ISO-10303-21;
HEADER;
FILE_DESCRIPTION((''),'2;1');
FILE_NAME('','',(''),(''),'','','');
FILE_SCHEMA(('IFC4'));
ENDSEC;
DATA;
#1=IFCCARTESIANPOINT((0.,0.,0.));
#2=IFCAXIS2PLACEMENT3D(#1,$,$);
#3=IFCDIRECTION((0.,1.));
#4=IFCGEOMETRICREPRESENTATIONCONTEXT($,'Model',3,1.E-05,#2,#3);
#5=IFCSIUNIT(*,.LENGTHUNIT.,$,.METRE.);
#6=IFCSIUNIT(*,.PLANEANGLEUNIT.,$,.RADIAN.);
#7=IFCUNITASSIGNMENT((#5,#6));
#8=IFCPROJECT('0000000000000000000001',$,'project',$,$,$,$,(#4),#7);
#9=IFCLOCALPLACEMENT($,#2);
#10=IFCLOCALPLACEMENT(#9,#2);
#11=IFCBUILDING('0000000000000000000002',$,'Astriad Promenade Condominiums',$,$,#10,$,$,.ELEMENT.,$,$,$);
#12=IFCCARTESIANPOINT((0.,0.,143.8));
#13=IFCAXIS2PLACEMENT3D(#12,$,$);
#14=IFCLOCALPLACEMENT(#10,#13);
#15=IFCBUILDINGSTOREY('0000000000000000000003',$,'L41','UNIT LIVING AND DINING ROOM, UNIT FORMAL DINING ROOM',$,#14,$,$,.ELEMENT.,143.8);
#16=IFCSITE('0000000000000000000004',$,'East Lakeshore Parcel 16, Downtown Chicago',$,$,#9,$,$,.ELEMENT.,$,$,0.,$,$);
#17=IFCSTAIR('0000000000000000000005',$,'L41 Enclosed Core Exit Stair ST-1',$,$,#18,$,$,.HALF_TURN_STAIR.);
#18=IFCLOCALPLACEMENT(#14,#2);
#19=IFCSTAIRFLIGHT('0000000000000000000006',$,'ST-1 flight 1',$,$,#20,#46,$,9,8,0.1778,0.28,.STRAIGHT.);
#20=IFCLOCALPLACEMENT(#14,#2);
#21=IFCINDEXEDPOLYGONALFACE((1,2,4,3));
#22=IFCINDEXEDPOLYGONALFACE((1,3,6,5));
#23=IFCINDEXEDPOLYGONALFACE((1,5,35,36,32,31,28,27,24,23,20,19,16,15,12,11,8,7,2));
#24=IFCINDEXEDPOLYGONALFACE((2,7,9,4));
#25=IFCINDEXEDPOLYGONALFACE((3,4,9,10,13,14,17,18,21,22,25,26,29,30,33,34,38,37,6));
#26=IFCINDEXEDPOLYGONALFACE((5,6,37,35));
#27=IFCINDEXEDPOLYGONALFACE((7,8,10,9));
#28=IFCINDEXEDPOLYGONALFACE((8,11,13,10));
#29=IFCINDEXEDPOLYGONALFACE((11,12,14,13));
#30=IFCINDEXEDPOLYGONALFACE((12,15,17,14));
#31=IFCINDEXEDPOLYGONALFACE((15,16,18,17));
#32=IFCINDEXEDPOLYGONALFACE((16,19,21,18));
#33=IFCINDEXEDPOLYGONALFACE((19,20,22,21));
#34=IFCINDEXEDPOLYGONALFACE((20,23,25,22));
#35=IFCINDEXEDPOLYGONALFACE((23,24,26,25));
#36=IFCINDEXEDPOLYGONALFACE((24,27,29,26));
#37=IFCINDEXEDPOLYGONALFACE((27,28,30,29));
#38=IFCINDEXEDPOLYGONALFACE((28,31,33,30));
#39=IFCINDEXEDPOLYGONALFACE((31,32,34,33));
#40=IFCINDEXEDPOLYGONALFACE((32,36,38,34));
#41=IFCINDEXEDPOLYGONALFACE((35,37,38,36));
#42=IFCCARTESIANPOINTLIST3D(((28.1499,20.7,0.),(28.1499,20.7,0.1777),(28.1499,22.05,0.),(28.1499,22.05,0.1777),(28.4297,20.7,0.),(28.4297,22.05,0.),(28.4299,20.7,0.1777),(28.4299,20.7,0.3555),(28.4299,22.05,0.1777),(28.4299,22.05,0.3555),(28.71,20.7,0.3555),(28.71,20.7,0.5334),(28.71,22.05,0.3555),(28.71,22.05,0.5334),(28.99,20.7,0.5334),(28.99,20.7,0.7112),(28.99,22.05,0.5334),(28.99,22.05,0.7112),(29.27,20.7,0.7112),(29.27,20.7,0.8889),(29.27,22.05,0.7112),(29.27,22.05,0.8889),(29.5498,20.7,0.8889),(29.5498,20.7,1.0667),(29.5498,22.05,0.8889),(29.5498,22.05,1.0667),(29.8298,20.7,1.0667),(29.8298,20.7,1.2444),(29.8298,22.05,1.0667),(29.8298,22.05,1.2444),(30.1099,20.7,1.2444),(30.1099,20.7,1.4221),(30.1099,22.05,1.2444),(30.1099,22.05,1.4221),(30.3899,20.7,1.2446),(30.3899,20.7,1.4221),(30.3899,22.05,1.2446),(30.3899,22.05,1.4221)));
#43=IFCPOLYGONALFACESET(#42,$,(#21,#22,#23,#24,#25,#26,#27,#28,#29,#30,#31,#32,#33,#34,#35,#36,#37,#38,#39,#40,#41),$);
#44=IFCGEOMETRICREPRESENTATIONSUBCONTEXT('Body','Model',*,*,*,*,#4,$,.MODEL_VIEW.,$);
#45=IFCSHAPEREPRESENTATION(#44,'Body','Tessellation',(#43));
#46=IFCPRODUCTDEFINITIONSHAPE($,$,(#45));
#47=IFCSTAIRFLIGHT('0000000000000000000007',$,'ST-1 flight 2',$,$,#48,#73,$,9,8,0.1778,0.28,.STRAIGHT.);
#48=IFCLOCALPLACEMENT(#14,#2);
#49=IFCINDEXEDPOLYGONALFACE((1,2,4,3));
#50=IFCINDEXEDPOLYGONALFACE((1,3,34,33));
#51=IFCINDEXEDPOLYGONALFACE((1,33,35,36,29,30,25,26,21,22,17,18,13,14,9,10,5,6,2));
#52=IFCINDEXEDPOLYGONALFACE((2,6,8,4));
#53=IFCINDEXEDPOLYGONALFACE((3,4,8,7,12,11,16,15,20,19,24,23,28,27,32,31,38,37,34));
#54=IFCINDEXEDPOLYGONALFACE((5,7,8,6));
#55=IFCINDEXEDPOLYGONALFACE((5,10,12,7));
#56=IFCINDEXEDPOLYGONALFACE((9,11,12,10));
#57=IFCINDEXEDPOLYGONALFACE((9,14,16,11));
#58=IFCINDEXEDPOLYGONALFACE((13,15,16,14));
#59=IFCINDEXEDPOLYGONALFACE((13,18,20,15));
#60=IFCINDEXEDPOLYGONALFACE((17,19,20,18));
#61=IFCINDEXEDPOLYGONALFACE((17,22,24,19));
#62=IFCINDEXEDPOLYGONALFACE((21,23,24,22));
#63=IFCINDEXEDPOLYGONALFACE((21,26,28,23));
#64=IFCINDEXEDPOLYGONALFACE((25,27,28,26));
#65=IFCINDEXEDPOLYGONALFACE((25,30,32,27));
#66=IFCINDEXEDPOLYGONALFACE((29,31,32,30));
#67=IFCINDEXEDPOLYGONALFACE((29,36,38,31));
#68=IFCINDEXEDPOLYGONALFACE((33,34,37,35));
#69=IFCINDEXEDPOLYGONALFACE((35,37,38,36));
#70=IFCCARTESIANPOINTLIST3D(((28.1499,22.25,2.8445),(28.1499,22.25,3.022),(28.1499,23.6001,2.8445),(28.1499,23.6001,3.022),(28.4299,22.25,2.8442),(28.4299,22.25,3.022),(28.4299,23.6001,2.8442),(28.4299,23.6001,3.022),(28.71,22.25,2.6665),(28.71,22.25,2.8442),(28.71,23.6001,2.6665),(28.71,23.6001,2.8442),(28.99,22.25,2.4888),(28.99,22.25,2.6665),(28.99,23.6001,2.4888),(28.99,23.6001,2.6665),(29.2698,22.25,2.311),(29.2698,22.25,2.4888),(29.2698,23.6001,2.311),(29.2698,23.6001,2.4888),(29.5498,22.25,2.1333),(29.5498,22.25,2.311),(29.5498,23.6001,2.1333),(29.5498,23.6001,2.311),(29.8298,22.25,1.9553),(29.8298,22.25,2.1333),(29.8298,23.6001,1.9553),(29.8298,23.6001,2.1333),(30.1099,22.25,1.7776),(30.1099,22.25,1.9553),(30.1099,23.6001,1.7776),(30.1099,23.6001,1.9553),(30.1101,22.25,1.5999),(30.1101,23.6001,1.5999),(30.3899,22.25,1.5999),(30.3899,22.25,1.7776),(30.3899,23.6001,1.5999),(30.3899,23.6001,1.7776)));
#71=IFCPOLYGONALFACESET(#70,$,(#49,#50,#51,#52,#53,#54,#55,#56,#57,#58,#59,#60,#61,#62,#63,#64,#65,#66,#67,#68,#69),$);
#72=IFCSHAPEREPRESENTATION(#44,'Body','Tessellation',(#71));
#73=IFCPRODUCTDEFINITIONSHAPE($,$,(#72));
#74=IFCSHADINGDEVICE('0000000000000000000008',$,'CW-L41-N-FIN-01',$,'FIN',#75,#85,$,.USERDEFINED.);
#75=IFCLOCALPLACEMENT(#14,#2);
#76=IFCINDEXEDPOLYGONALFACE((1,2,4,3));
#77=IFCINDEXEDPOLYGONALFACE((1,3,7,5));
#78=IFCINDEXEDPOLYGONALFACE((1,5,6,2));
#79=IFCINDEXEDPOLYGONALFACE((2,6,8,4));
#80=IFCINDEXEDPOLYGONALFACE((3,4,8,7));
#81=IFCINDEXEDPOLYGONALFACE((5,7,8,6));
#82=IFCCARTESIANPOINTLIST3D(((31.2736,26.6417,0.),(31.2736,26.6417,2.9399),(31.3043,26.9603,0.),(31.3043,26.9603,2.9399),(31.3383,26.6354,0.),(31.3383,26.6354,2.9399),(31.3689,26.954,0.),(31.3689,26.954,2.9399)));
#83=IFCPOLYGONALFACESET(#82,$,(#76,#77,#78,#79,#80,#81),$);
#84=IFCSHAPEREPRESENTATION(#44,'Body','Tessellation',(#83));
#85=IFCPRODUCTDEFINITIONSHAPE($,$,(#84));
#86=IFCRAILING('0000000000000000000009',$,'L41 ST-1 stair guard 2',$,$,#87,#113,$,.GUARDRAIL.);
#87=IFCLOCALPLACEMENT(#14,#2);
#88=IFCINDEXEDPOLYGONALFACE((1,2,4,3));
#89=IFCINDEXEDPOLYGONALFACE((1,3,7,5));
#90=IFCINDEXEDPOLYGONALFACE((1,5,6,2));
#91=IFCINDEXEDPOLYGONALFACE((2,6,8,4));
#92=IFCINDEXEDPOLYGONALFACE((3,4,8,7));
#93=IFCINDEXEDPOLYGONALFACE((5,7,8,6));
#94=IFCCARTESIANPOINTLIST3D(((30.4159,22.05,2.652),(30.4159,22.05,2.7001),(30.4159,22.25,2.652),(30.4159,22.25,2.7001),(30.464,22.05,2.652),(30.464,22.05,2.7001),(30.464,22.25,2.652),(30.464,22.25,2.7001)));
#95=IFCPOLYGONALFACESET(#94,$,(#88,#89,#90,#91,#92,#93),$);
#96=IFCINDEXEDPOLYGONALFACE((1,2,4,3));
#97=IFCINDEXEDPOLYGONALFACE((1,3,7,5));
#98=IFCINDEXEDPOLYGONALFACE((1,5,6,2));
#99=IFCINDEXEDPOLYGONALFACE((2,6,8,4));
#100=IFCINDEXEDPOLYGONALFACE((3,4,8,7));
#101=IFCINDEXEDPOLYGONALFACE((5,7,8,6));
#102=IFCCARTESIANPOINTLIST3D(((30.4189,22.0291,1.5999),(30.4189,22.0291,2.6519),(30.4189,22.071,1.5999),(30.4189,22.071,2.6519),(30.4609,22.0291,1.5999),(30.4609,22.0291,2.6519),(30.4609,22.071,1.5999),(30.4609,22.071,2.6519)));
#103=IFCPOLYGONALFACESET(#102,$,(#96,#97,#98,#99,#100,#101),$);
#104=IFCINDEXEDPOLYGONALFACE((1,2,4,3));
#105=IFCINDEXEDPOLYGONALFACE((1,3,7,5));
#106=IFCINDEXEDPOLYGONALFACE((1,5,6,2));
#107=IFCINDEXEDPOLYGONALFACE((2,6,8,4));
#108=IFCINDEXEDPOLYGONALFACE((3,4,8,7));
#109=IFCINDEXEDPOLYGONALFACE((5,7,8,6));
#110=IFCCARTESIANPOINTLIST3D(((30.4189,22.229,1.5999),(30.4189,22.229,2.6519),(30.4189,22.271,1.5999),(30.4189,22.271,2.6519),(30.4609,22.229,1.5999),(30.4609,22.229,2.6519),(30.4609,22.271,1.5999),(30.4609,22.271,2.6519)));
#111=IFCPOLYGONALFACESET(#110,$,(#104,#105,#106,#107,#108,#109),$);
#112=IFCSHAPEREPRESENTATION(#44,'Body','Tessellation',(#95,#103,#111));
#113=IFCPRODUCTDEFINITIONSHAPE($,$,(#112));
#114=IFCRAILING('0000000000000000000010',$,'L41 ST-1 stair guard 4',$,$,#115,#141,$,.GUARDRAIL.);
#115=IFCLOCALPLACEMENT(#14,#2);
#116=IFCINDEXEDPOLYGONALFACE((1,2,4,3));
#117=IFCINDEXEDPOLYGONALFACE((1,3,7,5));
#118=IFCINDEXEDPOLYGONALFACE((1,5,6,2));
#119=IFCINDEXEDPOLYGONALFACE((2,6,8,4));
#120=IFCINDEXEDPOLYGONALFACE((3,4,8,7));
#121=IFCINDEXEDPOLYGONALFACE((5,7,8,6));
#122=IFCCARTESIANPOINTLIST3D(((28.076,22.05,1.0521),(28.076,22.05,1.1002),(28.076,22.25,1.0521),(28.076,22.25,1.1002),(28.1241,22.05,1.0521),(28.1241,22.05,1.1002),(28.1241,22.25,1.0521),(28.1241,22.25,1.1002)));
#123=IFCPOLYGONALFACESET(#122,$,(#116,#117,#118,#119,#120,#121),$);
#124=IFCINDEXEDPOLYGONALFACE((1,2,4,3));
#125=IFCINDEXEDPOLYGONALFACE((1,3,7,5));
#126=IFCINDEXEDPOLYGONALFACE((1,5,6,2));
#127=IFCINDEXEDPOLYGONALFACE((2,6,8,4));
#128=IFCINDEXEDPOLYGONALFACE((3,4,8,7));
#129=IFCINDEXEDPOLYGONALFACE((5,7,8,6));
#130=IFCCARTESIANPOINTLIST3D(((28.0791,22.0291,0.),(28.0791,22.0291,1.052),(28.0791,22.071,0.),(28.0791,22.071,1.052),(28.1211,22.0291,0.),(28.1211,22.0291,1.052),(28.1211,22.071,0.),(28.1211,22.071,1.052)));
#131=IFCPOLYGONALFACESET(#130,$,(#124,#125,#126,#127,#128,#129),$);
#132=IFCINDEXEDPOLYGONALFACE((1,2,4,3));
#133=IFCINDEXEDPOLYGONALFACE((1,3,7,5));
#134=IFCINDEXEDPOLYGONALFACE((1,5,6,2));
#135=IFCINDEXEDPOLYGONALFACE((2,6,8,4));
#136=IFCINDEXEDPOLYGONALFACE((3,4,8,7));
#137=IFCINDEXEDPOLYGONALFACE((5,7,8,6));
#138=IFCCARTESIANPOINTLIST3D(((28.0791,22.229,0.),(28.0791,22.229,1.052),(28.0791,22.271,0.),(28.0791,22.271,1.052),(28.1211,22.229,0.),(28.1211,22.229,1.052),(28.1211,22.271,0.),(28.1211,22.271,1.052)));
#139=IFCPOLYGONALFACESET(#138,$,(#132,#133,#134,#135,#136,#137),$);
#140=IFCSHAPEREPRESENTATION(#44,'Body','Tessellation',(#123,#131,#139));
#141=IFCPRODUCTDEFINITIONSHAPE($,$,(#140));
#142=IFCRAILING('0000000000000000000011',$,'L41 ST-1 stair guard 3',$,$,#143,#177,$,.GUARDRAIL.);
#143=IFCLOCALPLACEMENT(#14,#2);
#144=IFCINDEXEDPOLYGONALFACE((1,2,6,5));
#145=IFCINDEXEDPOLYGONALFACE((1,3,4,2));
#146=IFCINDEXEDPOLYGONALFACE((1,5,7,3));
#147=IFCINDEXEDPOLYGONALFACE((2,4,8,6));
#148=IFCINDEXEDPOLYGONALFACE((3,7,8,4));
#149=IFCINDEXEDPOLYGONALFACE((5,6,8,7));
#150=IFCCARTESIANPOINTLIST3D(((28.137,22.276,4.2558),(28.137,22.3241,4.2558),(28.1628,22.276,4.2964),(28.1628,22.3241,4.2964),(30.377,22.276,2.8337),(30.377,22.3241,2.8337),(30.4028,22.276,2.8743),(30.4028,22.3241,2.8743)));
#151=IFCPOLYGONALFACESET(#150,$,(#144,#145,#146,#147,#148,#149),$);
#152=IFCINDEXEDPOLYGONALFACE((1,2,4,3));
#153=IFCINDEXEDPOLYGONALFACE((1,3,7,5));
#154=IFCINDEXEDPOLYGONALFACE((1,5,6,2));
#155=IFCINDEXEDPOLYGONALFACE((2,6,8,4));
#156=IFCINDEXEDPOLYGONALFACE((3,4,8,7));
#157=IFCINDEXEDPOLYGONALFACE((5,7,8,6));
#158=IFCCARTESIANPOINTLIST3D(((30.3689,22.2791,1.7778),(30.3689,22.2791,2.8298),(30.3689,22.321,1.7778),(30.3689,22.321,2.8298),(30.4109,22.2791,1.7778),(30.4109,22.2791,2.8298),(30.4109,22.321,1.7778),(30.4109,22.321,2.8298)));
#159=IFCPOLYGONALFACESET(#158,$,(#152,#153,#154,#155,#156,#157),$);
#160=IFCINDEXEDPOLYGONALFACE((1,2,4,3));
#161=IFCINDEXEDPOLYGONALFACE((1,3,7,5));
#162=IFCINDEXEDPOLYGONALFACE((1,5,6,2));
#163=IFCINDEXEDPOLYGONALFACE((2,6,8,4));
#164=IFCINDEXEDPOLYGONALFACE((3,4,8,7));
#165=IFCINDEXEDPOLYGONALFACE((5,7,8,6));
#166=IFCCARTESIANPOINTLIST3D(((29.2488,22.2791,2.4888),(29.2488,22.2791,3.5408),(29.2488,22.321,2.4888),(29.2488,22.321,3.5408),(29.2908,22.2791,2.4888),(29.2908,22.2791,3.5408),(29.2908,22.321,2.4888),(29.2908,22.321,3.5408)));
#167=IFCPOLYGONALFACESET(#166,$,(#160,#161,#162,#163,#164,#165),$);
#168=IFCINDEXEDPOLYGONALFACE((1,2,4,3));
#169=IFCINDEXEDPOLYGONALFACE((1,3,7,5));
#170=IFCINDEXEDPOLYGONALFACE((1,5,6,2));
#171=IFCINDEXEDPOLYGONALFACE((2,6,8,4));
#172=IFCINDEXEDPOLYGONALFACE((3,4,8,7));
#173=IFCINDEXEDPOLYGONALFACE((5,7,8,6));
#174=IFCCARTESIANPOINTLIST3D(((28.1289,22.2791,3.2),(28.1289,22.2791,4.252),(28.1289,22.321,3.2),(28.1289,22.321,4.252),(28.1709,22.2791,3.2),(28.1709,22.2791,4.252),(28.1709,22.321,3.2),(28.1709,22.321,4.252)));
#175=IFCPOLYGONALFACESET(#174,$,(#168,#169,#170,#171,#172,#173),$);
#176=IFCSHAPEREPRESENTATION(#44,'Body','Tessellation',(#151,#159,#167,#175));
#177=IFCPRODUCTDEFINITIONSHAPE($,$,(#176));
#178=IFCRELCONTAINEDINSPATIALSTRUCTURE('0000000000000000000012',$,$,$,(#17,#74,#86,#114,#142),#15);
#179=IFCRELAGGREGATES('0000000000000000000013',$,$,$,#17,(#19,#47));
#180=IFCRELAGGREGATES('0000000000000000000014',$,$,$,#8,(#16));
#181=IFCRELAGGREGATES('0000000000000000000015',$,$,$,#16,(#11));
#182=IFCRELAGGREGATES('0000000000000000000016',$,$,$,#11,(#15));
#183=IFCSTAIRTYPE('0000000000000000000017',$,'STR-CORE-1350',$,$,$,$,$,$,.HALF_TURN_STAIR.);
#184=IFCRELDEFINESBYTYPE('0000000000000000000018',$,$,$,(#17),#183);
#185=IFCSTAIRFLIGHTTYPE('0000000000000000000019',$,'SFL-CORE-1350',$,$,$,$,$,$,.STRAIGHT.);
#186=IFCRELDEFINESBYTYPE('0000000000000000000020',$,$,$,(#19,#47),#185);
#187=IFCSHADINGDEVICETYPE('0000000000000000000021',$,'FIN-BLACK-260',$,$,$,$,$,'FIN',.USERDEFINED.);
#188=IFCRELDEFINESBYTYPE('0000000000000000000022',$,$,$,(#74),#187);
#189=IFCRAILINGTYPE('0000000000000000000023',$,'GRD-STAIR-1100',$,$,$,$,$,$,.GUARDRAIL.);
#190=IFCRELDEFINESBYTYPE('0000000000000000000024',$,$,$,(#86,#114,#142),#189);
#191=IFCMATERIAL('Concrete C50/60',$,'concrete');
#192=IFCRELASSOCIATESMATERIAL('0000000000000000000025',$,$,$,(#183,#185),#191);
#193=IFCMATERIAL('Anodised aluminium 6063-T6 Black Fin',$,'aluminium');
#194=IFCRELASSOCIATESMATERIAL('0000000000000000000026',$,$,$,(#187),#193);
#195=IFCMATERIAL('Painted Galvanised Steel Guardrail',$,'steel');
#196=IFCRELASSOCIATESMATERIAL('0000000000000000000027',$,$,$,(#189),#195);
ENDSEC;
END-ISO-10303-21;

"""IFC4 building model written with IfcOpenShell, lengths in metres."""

from ifc_helpers import new_model, si_unit, direction, frame, origin, origin_2d, place, context, subcontext, project, spatial, polyline, rectangle, outline, extrude, source, transform, mapped, material, type_object, type_shapes, element, aggregate, save


model = new_model("IFC4")

# Units and contexts
model_context = context("Model", 3, precision=1e-05, world=origin(), true_north=direction((0.0, 1.0)))
body_context = subcontext(model_context, "Body", "Model", "MODEL_VIEW")
ifc_project = project(units=[si_unit("LENGTHUNIT", "METRE"), si_unit("PLANEANGLEUNIT", "RADIAN")], contexts=[model_context])

# Site, building, storey
site_placement = place(None, origin())
site = spatial("IfcSite", under=ifc_project, at=site_placement, Name="East Lakeshore Parcel 16, Downtown Chicago", CompositionType="ELEMENT", RefElevation=0.0)
building_placement = place(site_placement, origin())
building = spatial("IfcBuilding", under=site, at=building_placement, Name="Astriad Promenade Condominiums", CompositionType="ELEMENT")
storey_placement = place(building_placement, frame((0.0, 0.0, 143.8)))
storey = spatial("IfcBuildingStorey", under=building, at=storey_placement, Name="L41", Description="UNIT LIVING AND DINING ROOM, UNIT FORMAL DINING ROOM", CompositionType="ELEMENT", Elevation=143.8)

# Shared definitions
ifc_material_1 = material(Name="Concrete C50/60", Category="concrete")

# Stair, stair flights
stair_type = type_object("IfcStairType", Name="STR-CORE-1350", PredefinedType="HALF_TURN_STAIR", material=ifc_material_1)
stair_placement = place(storey_placement, origin())
stair = element("IfcStair", 1, at=stair_placement, inside=storey, type_object=stair_type, Name="L41 Enclosed Core Exit Stair ST-1", PredefinedType="HALF_TURN_STAIR")
stair_flight_type = type_object("IfcStairFlightType", Name="SFL-CORE-1350", PredefinedType="STRAIGHT", material=ifc_material_1)
shared_shape_1 = source(origin(), body_context, "Body", "SweptSolid", [
    extrude(outline(polyline([(0.0, 0.0), (0.0, 0.1777), (0.28, 0.1777), (0.28, 0.3555), (0.5601, 0.3555), (0.5601, 0.5334), (0.8401, 0.5334), (0.8401, 0.7112), (1.1201, 0.7112), (1.1201, 0.8889), (1.3999, 0.8889), (1.3999, 1.0667), (1.6799, 1.0667), (1.6799, 1.2444), (1.96, 1.2444), (1.96, 1.4221), (2.24, 1.4221), (2.24, 1.6001), (2.24, 1.2446), (0.2798, 0.0), (0.0, 0.0)])), frame((0.0, 0.675, 0.0), z_axis=(0.0, -1.0, 0.0), x_axis=(1.0, 0.0, 0.0)), (0.0, 0.0, 1.0), 1.3501),
])
type_shapes(stair_flight_type, [shared_shape_1])
stair_flight_1_placement = place(storey_placement, frame((28.1499, 21.375, 0.0), z_axis=(0.0, 0.0, 1.0), x_axis=(1.0, 0.0, 0.0)))
stair_flight_1 = element("IfcStairFlight", 2, at=stair_flight_1_placement, type_object=stair_flight_type, Name="ST-1 flight 1", NumberOfRisers=9, NumberOfTreads=8, PredefinedType="STRAIGHT", RiserHeight=0.1778, TreadLength=0.28, context=body_context, shape_type="MappedRepresentation", body=[
    mapped(shared_shape_1, transform((0.0, 0.0, 0.0), scale=1.0)),
])
stair_flight_2_placement = place(storey_placement, frame((30.3899, 22.925, 1.5999), z_axis=(0.0, 0.0, 1.0), x_axis=(-1.0, 0.0, 0.0)))
stair_flight_2 = element("IfcStairFlight", 3, at=stair_flight_2_placement, type_object=stair_flight_type, Name="ST-1 flight 2", NumberOfRisers=9, NumberOfTreads=8, PredefinedType="STRAIGHT", RiserHeight=0.1778, TreadLength=0.28, context=body_context, shape_type="MappedRepresentation", body=[
    mapped(shared_shape_1, transform((0.0, 0.0, 0.0), scale=1.0)),
])
aggregate(stair, [stair_flight_1, stair_flight_2])

# Shading device
ifc_material_2 = material(Name="Anodised aluminium 6063-T6 Black Fin", Category="aluminium")
shading_device_type = type_object("IfcShadingDeviceType", Name="FIN-BLACK-260", ElementType="FIN", PredefinedType="USERDEFINED", material=ifc_material_2)
shared_shape_2 = source(origin(), body_context, "Body", "SweptSolid", [
    extrude(rectangle(XDim=0.0649, YDim=0.3201, at=origin_2d()), origin(), (0.0, 0.0, 1.0), 2.9399),
])
type_shapes(shading_device_type, [shared_shape_2])
shading_device_placement = place(storey_placement, frame((31.3213, 26.7979, 0.0), z_axis=(0.0, 0.0, 1.0), x_axis=(0.995396, -0.095846, 0.0)))
element("IfcShadingDevice", 4, at=shading_device_placement, inside=storey, type_object=shading_device_type, Name="CW-L41-N-FIN-01", ObjectType="FIN", PredefinedType="USERDEFINED", context=body_context, shape_type="MappedRepresentation", body=[
    mapped(shared_shape_2, transform((0.0, 0.0, 0.0), scale=1.0)),
])

# Railings
ifc_material_3 = material(Name="Painted Galvanised Steel Guardrail", Category="steel")
railing_type_1 = type_object("IfcRailingType", Name="GRD-STAIR-1100", PredefinedType="GUARDRAIL", material=ifc_material_3)
shared_shape_3 = source(origin(), body_context, "Body", "SweptSolid", [
    extrude(rectangle(XDim=0.0481, YDim=0.0481, at=origin_2d()), frame((0.0, 0.0, 1.0762), z_axis=(0.0, 1.0, 0.0), x_axis=(-1.0, 0.0, 0.0)), (0.0, 0.0, 1.0), 0.2),
    extrude(rectangle(XDim=0.042, YDim=0.042, at=origin_2d()), origin(), (0.0, 0.0, 1.0), 1.052),
    extrude(rectangle(XDim=0.042, YDim=0.042, at=origin_2d()), frame((0.0, 0.2, 0.0)), (0.0, 0.0, 1.0), 1.052),
])
for number, where, name in (
    (5, (30.4399, 22.05, 1.5999), "L41 ST-1 stair guard 2"),
    (6, (28.1001, 22.05, 0.0), "L41 ST-1 stair guard 4"),
):
    element("IfcRailing", number, at=place(storey_placement, frame(where)), inside=storey, type_object=railing_type_1, Name=name, PredefinedType="GUARDRAIL", context=body_context, shape_type="MappedRepresentation", body=[
        mapped(shared_shape_3, transform((0.0, 0.0, 0.0), scale=1.0)),
    ])
shared_shape_4 = source(origin(), body_context, "Body", "SweptSolid", [
    extrude(rectangle(XDim=0.0481, YDim=0.0481, at=origin_2d()), frame((0.0, 0.0, 1.0762), z_axis=(-0.844229, 0.0, 0.535982), x_axis=(0.0, -1.0, 0.0)), (0.0, 0.0, 1.0), 2.6533),
    extrude(rectangle(XDim=0.042, YDim=0.042, at=origin_2d()), origin(), (0.0, 0.0, 1.0), 1.052),
    extrude(rectangle(XDim=0.042, YDim=0.042, at=origin_2d()), frame((-1.1201, 0.0, 0.7109)), (0.0, 0.0, 1.0), 1.052),
    extrude(rectangle(XDim=0.042, YDim=0.042, at=origin_2d()), frame((-2.24, 0.0, 1.4221)), (0.0, 0.0, 1.0), 1.052),
])
railing_1_placement = place(storey_placement, frame((30.3899, 22.3, 1.7778)))
element("IfcRailing", 7, at=railing_1_placement, inside=storey, type_object=railing_type_1, Name="L41 ST-1 stair guard 3", PredefinedType="GUARDRAIL", context=body_context, shape_type="MappedRepresentation", body=[
    mapped(shared_shape_4, transform((0.0, 0.0, 0.0), scale=1.0)),
])

save(model, "model.ifc")
